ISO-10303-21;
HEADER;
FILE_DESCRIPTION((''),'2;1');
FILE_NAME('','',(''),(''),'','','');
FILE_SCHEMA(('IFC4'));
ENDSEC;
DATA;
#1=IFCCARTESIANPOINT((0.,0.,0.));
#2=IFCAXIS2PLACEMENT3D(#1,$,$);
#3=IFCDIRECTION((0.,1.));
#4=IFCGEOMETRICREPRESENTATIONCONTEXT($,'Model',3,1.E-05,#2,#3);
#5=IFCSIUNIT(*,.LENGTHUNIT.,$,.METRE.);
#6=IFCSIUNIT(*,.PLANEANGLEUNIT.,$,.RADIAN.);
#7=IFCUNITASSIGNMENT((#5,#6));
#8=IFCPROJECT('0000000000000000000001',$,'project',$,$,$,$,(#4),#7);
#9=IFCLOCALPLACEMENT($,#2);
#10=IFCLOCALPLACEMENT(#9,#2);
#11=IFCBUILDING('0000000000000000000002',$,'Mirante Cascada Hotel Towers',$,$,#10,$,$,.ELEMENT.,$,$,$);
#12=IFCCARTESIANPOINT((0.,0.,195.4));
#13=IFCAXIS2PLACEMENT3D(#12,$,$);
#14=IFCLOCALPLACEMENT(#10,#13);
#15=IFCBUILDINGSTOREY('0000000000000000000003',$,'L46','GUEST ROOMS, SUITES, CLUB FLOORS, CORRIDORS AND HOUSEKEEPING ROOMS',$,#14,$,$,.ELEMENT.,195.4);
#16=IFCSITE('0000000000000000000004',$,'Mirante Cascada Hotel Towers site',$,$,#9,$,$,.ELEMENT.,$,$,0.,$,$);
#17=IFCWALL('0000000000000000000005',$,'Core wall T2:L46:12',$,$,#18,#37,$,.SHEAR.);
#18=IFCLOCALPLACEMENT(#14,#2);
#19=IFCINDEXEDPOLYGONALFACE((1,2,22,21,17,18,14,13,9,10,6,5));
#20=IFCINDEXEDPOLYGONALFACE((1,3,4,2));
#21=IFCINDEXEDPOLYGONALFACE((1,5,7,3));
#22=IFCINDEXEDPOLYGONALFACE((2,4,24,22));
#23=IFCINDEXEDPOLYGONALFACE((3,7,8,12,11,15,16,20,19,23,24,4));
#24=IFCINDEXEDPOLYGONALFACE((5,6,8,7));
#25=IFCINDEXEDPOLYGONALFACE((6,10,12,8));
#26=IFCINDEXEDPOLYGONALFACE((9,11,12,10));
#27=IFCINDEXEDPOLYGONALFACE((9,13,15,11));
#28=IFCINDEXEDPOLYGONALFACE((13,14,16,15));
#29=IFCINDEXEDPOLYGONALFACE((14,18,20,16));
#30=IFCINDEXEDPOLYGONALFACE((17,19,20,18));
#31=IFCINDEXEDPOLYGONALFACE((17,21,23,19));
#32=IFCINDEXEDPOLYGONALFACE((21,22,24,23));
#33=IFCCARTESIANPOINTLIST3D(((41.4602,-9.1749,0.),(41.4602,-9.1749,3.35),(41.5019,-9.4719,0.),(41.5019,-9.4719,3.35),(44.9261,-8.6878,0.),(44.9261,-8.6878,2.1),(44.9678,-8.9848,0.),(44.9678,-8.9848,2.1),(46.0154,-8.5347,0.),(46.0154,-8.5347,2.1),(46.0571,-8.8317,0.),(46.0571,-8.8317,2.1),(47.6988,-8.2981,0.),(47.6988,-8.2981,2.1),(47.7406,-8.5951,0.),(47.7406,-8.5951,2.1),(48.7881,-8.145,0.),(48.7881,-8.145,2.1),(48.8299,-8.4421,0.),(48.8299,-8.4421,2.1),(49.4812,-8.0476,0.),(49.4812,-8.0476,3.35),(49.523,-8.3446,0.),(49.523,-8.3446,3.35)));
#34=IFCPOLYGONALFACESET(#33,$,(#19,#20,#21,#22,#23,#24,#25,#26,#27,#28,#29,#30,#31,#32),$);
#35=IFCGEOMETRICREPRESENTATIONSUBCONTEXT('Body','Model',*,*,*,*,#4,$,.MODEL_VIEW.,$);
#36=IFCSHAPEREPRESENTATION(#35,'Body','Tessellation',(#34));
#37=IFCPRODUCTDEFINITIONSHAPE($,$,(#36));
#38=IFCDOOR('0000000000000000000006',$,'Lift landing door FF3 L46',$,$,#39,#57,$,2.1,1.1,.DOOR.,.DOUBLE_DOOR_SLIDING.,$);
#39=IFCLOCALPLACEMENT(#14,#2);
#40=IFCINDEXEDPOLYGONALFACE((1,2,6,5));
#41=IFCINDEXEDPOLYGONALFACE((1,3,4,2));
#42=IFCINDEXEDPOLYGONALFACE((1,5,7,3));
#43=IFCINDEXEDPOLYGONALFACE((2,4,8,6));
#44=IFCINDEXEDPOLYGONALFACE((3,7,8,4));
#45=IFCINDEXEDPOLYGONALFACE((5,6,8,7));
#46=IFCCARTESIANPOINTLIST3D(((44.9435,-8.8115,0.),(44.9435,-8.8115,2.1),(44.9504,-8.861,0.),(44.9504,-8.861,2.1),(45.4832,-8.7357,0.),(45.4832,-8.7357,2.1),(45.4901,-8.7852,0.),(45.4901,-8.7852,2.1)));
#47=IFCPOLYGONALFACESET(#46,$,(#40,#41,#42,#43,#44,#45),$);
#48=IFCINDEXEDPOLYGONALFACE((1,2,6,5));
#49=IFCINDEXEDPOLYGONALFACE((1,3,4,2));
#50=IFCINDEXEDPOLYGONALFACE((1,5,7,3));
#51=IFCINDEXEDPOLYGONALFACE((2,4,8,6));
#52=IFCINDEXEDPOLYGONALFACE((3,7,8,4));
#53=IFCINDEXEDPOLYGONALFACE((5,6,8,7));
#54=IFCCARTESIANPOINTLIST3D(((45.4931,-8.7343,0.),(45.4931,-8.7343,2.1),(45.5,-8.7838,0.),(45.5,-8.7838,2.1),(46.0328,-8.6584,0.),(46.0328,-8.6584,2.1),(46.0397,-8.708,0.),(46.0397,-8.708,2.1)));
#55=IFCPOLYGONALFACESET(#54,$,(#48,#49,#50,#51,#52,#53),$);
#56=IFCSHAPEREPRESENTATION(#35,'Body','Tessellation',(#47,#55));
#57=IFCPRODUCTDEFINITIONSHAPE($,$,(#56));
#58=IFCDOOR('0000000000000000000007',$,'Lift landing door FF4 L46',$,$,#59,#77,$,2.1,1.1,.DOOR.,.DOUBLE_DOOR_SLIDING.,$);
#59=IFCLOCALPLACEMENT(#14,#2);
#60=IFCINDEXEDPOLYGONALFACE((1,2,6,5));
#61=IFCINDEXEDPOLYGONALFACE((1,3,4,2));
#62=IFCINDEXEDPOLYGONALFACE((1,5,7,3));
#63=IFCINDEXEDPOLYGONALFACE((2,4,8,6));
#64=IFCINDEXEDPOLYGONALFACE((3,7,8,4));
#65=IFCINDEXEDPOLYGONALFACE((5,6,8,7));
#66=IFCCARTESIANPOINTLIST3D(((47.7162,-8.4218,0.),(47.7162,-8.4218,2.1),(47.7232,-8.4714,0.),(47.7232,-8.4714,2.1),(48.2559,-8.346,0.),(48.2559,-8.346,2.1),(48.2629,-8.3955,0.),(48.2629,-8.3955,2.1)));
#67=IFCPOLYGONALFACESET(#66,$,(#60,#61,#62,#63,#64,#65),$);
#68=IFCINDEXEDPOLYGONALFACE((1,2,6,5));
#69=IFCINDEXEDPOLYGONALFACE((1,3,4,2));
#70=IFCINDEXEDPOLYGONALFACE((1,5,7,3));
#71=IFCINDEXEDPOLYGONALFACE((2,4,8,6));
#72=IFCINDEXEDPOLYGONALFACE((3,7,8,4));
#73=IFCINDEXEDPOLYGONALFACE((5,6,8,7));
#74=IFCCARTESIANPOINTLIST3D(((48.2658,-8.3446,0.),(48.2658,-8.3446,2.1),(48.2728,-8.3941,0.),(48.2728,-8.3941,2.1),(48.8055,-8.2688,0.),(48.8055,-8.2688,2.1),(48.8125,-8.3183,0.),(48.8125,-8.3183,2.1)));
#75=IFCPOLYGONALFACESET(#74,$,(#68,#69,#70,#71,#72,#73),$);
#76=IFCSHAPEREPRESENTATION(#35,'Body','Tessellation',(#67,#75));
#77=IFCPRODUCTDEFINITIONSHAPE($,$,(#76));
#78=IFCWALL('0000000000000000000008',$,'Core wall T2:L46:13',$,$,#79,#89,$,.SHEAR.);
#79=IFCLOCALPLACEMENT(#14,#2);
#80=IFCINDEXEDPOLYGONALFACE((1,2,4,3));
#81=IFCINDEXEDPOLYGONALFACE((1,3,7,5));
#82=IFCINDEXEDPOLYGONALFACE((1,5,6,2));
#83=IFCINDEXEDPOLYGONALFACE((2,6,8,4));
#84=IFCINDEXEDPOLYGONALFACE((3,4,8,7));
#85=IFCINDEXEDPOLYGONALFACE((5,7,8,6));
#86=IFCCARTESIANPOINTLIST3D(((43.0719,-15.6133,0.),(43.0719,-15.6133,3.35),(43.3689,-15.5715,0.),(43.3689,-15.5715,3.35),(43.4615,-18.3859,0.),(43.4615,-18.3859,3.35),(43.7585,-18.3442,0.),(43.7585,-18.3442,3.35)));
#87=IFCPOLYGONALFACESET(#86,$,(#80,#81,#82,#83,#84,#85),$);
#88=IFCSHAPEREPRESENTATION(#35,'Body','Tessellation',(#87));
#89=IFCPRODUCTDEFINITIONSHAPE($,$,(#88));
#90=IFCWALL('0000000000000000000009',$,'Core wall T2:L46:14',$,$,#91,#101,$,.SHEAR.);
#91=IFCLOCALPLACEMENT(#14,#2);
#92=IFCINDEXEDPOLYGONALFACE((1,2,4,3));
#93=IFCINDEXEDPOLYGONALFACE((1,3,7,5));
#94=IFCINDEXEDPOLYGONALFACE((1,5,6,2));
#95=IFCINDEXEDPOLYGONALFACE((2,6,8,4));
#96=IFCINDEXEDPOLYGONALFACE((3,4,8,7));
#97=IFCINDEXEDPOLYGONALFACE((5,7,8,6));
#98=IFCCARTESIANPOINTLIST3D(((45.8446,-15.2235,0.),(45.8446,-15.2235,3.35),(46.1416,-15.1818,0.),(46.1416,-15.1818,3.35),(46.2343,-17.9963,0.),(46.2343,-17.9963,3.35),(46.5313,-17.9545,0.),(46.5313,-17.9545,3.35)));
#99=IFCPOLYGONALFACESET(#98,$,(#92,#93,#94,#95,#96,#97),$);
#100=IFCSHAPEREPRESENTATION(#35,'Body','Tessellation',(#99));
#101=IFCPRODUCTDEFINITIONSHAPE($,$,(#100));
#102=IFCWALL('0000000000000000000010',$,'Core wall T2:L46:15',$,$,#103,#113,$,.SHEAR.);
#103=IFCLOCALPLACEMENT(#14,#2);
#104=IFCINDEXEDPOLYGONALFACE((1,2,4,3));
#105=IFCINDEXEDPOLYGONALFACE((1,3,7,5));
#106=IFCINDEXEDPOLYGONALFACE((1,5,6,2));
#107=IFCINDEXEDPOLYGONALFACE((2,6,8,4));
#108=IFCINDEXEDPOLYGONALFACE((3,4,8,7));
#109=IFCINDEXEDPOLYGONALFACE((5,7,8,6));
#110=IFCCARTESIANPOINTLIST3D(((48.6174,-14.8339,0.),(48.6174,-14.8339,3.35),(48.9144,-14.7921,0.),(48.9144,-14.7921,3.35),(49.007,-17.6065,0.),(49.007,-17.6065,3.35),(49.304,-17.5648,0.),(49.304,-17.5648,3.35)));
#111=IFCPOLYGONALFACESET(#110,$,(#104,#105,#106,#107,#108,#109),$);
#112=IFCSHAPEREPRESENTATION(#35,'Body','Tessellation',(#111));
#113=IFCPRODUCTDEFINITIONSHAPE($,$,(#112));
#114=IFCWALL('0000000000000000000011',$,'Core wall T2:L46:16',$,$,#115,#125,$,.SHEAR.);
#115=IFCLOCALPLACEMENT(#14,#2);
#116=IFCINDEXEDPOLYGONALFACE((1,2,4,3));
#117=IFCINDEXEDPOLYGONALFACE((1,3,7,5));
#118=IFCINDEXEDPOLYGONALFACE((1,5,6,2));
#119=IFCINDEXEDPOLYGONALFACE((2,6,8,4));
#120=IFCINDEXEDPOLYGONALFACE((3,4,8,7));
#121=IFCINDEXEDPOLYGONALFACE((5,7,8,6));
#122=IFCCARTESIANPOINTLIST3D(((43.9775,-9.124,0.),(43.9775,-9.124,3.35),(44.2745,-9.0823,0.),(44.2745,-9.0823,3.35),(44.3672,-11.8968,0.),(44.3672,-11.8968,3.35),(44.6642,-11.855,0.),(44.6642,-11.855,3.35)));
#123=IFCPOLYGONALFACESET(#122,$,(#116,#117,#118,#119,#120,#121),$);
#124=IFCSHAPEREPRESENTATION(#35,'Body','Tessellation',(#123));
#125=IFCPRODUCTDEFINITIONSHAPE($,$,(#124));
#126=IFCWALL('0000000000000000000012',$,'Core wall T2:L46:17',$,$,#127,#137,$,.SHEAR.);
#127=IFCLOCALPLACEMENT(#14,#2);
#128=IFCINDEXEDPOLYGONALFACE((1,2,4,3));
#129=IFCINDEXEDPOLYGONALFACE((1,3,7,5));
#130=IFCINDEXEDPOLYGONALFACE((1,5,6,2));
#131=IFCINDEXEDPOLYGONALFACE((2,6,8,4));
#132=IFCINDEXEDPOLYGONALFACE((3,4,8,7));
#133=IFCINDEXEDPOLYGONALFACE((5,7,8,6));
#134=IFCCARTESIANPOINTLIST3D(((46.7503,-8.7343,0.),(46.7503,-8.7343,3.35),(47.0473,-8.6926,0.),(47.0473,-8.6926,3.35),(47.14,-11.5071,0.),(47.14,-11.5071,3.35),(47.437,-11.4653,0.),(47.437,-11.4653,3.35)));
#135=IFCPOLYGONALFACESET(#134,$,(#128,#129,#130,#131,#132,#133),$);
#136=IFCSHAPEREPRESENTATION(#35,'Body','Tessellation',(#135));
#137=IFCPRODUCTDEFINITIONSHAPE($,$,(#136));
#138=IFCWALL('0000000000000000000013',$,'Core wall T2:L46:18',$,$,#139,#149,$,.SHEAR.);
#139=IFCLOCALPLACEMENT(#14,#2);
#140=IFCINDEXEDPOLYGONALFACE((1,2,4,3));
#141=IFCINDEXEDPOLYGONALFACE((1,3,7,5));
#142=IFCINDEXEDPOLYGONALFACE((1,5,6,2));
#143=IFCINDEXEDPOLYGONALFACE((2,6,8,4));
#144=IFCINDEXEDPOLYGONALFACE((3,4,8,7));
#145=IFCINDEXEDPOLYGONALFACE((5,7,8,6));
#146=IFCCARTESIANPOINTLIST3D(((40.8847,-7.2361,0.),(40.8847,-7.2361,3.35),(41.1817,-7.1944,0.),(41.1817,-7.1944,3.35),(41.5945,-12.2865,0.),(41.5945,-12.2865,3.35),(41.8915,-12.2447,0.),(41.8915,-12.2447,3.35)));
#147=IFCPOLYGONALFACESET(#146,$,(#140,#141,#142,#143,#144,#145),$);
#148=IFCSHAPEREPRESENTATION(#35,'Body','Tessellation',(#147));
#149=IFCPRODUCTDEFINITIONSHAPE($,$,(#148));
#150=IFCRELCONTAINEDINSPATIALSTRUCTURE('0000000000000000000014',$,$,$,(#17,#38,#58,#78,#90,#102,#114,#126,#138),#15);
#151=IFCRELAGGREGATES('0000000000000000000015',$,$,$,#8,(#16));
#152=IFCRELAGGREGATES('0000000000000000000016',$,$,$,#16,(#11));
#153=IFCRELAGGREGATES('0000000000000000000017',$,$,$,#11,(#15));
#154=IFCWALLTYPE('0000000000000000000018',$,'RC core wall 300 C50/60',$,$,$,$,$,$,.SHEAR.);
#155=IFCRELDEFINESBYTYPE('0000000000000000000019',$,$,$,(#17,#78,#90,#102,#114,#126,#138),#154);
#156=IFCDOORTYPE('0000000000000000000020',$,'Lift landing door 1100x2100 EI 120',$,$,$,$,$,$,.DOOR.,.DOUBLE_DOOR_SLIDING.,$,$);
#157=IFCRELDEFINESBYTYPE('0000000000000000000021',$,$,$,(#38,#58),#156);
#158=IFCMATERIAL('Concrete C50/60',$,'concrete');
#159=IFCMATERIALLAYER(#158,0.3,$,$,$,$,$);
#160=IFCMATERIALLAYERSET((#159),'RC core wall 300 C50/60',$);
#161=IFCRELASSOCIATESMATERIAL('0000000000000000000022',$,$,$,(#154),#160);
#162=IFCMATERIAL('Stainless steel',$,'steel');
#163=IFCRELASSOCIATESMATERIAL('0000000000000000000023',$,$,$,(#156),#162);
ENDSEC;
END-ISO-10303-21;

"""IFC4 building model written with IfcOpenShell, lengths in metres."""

from ifc_helpers import new_model, si_unit, direction, frame, frame_2d, origin, place, context, subcontext, project, spatial, rectangle, extrude, material, layer, layer_set, type_object, element, fill, save


model = new_model("IFC4")

# Units and contexts
model_context = context("Model", 3, precision=1e-05, world=origin(), true_north=direction((0.0, 1.0)))
body_context = subcontext(model_context, "Body", "Model", "MODEL_VIEW")
ifc_project = project(units=[si_unit("LENGTHUNIT", "METRE"), si_unit("PLANEANGLEUNIT", "RADIAN")], contexts=[model_context])

# Site, building, storey
site_placement = place(None, origin())
site = spatial("IfcSite", under=ifc_project, at=site_placement, Name="Mirante Cascada Hotel Towers site", CompositionType="ELEMENT", RefElevation=0.0)
building_placement = place(site_placement, origin())
building = spatial("IfcBuilding", under=site, at=building_placement, Name="Mirante Cascada Hotel Towers", CompositionType="ELEMENT")
storey_placement = place(building_placement, frame((0.0, 0.0, 195.4)))
storey = spatial("IfcBuildingStorey", under=building, at=storey_placement, Name="L46", Description="GUEST ROOMS, SUITES, CLUB FLOORS, CORRIDORS AND HOUSEKEEPING ROOMS", CompositionType="ELEMENT", Elevation=195.4)

# Shared definitions
ifc_material_1 = material(Name="Concrete C50/60", Category="concrete")
ifc_layer_1 = layer(ifc_material_1, 0.3)
ifc_layer_set_1 = layer_set([ifc_layer_1], Name="RC core wall 300 C50/60")
wall_type_1 = type_object("IfcWallType", Name="RC core wall 300 C50/60", PredefinedType="SHEAR", material=ifc_layer_set_1)
ifc_material_2 = material(Name="Stainless steel", Category="steel")
door_type_1 = type_object("IfcDoorType", Name="Lift landing door 1100x2100 EI 120", OperationType="DOUBLE_DOOR_SLIDING", PredefinedType="DOOR", material=ifc_material_2)

# Wall, openings, doors
wall_1_placement = place(storey_placement, frame((41.481, -9.3234, 0.0), z_axis=(0.0, 0.0, 1.0), x_axis=(0.990268, 0.139174, 0.0)))
wall_1 = element("IfcWall", 1, at=wall_1_placement, inside=storey, type_object=wall_type_1, Name="Core wall T2:L46:12", PredefinedType="SHEAR", context=body_context, shape_type="SweptSolid", body=[
    extrude(rectangle(XDim=8.0999, YDim=0.3, at=frame_2d((4.05, 0.0))), origin(), (0.0, 0.0, 1.0), 3.35),
])
opening_1_placement = place(wall_1_placement, frame((3.5, 0.0, 0.0)))
opening_1 = element("IfcOpeningElement", 2, at=opening_1_placement, cuts=wall_1, PredefinedType="OPENING", context=body_context, shape_type="SweptSolid", body=[
    extrude(rectangle(XDim=1.1, YDim=2.1, at=frame_2d((0.55, 1.05))), frame((0.0, 0.15, 0.0), z_axis=(0.0, -1.0, 0.0), x_axis=(1.0, 0.0, 0.0)), (0.0, 0.0, 1.0), 0.3),
])
opening_2_placement = place(wall_1_placement, frame((6.3, 0.0, 0.0)))
opening_2 = element("IfcOpeningElement", 3, at=opening_2_placement, cuts=wall_1, PredefinedType="OPENING", context=body_context, shape_type="SweptSolid", body=[
    extrude(rectangle(XDim=1.1, YDim=2.1, at=frame_2d((0.55, 1.05))), frame((0.0, 0.15, 0.0), z_axis=(0.0, -1.0, 0.0), x_axis=(1.0, 0.0, 0.0)), (0.0, 0.0, 1.0), 0.3),
])
door_1_placement = place(opening_1_placement, origin())
door_1 = element("IfcDoor", 4, at=door_1_placement, inside=storey, type_object=door_type_1, Name="Lift landing door FF3 L46", OperationType="DOUBLE_DOOR_SLIDING", OverallHeight=2.1, OverallWidth=1.1, PredefinedType="DOOR", context=body_context, shape_type="SweptSolid", body=[
    extrude(rectangle(XDim=0.545, YDim=2.1, at=frame_2d((0.2725, 1.05))), frame((0.0, 0.025, 0.0), z_axis=(0.0, -1.0, 0.0), x_axis=(1.0, 0.0, 0.0)), (0.0, 0.0, 1.0), 0.05),
    extrude(rectangle(XDim=0.545, YDim=2.1, at=frame_2d((0.8275, 1.05))), frame((0.0, 0.025, 0.0), z_axis=(0.0, -1.0, 0.0), x_axis=(1.0, 0.0, 0.0)), (0.0, 0.0, 1.0), 0.05),
])
fill(opening_1, door_1)
door_2_placement = place(opening_2_placement, origin())
door_2 = element("IfcDoor", 5, at=door_2_placement, inside=storey, type_object=door_type_1, Name="Lift landing door FF4 L46", OperationType="DOUBLE_DOOR_SLIDING", OverallHeight=2.1, OverallWidth=1.1, PredefinedType="DOOR", context=body_context, shape_type="SweptSolid", body=[
    extrude(rectangle(XDim=0.545, YDim=2.1, at=frame_2d((0.2725, 1.05))), frame((0.0, 0.025, 0.0), z_axis=(0.0, -1.0, 0.0), x_axis=(1.0, 0.0, 0.0)), (0.0, 0.0, 1.0), 0.05),
    extrude(rectangle(XDim=0.545, YDim=2.1, at=frame_2d((0.8275, 1.05))), frame((0.0, 0.025, 0.0), z_axis=(0.0, -1.0, 0.0), x_axis=(1.0, 0.0, 0.0)), (0.0, 0.0, 1.0), 0.05),
])
fill(opening_2, door_2)

# Walls
wall_2_placement = place(storey_placement, frame((43.61, -18.3651, 0.0), z_axis=(0.0, 0.0, 1.0), x_axis=(-0.139146, 0.990272, 0.0)))
element("IfcWall", 6, at=wall_2_placement, inside=storey, type_object=wall_type_1, Name="Core wall T2:L46:13", PredefinedType="SHEAR", context=body_context, shape_type="SweptSolid", body=[
    extrude(rectangle(XDim=2.7999, YDim=0.3, at=frame_2d((1.4, 0.0))), origin(), (0.0, 0.0, 1.0), 3.35),
])
wall_3_placement = place(storey_placement, frame((46.3828, -17.9754, 0.0), z_axis=(0.0, 0.0, 1.0), x_axis=(-0.139181, 0.990267, 0.0)))
element("IfcWall", 7, at=wall_3_placement, inside=storey, type_object=wall_type_1, Name="Core wall T2:L46:14", PredefinedType="SHEAR", context=body_context, shape_type="SweptSolid", body=[
    extrude(rectangle(XDim=2.8, YDim=0.3, at=frame_2d((1.4, 0.0))), origin(), (0.0, 0.0, 1.0), 3.35),
])
wall_4_placement = place(storey_placement, frame((49.1555, -17.5857, 0.0), z_axis=(0.0, 0.0, 1.0), x_axis=(-0.139146, 0.990272, 0.0)))
element("IfcWall", 8, at=wall_4_placement, inside=storey, type_object=wall_type_1, Name="Core wall T2:L46:15", PredefinedType="SHEAR", context=body_context, shape_type="SweptSolid", body=[
    extrude(rectangle(XDim=2.7999, YDim=0.3, at=frame_2d((1.4, 0.0))), origin(), (0.0, 0.0, 1.0), 3.35),
])
for number, where, z_axis, x_axis, name in (
    (9, (44.5157, -11.8759, 0.0), (0.0, 0.0, 1.0), (-0.139181, 0.990267, 0.0), "Core wall T2:L46:16"),
    (10, (47.2885, -11.4862, 0.0), (0.0, 0.0, 1.0), (-0.139181, 0.990267, 0.0), "Core wall T2:L46:17"),
):
    element("IfcWall", number, at=place(storey_placement, frame(where, z_axis=z_axis, x_axis=x_axis)), inside=storey, type_object=wall_type_1, Name=name, PredefinedType="SHEAR", context=body_context, shape_type="SweptSolid", body=[
        extrude(rectangle(XDim=2.8, YDim=0.3, at=frame_2d((1.4, 0.0))), origin(), (0.0, 0.0, 1.0), 3.35),
    ])
wall_5_placement = place(storey_placement, frame((41.743, -12.2656, 0.0), z_axis=(0.0, 0.0, 1.0), x_axis=(-0.139176, 0.990268, 0.0)))
element("IfcWall", 11, at=wall_5_placement, inside=storey, type_object=wall_type_1, Name="Core wall T2:L46:18", PredefinedType="SHEAR", context=body_context, shape_type="SweptSolid", body=[
    extrude(rectangle(XDim=5.1, YDim=0.3, at=frame_2d((2.55, 0.0))), origin(), (0.0, 0.0, 1.0), 3.35),
])

save(model, "model.ifc")
